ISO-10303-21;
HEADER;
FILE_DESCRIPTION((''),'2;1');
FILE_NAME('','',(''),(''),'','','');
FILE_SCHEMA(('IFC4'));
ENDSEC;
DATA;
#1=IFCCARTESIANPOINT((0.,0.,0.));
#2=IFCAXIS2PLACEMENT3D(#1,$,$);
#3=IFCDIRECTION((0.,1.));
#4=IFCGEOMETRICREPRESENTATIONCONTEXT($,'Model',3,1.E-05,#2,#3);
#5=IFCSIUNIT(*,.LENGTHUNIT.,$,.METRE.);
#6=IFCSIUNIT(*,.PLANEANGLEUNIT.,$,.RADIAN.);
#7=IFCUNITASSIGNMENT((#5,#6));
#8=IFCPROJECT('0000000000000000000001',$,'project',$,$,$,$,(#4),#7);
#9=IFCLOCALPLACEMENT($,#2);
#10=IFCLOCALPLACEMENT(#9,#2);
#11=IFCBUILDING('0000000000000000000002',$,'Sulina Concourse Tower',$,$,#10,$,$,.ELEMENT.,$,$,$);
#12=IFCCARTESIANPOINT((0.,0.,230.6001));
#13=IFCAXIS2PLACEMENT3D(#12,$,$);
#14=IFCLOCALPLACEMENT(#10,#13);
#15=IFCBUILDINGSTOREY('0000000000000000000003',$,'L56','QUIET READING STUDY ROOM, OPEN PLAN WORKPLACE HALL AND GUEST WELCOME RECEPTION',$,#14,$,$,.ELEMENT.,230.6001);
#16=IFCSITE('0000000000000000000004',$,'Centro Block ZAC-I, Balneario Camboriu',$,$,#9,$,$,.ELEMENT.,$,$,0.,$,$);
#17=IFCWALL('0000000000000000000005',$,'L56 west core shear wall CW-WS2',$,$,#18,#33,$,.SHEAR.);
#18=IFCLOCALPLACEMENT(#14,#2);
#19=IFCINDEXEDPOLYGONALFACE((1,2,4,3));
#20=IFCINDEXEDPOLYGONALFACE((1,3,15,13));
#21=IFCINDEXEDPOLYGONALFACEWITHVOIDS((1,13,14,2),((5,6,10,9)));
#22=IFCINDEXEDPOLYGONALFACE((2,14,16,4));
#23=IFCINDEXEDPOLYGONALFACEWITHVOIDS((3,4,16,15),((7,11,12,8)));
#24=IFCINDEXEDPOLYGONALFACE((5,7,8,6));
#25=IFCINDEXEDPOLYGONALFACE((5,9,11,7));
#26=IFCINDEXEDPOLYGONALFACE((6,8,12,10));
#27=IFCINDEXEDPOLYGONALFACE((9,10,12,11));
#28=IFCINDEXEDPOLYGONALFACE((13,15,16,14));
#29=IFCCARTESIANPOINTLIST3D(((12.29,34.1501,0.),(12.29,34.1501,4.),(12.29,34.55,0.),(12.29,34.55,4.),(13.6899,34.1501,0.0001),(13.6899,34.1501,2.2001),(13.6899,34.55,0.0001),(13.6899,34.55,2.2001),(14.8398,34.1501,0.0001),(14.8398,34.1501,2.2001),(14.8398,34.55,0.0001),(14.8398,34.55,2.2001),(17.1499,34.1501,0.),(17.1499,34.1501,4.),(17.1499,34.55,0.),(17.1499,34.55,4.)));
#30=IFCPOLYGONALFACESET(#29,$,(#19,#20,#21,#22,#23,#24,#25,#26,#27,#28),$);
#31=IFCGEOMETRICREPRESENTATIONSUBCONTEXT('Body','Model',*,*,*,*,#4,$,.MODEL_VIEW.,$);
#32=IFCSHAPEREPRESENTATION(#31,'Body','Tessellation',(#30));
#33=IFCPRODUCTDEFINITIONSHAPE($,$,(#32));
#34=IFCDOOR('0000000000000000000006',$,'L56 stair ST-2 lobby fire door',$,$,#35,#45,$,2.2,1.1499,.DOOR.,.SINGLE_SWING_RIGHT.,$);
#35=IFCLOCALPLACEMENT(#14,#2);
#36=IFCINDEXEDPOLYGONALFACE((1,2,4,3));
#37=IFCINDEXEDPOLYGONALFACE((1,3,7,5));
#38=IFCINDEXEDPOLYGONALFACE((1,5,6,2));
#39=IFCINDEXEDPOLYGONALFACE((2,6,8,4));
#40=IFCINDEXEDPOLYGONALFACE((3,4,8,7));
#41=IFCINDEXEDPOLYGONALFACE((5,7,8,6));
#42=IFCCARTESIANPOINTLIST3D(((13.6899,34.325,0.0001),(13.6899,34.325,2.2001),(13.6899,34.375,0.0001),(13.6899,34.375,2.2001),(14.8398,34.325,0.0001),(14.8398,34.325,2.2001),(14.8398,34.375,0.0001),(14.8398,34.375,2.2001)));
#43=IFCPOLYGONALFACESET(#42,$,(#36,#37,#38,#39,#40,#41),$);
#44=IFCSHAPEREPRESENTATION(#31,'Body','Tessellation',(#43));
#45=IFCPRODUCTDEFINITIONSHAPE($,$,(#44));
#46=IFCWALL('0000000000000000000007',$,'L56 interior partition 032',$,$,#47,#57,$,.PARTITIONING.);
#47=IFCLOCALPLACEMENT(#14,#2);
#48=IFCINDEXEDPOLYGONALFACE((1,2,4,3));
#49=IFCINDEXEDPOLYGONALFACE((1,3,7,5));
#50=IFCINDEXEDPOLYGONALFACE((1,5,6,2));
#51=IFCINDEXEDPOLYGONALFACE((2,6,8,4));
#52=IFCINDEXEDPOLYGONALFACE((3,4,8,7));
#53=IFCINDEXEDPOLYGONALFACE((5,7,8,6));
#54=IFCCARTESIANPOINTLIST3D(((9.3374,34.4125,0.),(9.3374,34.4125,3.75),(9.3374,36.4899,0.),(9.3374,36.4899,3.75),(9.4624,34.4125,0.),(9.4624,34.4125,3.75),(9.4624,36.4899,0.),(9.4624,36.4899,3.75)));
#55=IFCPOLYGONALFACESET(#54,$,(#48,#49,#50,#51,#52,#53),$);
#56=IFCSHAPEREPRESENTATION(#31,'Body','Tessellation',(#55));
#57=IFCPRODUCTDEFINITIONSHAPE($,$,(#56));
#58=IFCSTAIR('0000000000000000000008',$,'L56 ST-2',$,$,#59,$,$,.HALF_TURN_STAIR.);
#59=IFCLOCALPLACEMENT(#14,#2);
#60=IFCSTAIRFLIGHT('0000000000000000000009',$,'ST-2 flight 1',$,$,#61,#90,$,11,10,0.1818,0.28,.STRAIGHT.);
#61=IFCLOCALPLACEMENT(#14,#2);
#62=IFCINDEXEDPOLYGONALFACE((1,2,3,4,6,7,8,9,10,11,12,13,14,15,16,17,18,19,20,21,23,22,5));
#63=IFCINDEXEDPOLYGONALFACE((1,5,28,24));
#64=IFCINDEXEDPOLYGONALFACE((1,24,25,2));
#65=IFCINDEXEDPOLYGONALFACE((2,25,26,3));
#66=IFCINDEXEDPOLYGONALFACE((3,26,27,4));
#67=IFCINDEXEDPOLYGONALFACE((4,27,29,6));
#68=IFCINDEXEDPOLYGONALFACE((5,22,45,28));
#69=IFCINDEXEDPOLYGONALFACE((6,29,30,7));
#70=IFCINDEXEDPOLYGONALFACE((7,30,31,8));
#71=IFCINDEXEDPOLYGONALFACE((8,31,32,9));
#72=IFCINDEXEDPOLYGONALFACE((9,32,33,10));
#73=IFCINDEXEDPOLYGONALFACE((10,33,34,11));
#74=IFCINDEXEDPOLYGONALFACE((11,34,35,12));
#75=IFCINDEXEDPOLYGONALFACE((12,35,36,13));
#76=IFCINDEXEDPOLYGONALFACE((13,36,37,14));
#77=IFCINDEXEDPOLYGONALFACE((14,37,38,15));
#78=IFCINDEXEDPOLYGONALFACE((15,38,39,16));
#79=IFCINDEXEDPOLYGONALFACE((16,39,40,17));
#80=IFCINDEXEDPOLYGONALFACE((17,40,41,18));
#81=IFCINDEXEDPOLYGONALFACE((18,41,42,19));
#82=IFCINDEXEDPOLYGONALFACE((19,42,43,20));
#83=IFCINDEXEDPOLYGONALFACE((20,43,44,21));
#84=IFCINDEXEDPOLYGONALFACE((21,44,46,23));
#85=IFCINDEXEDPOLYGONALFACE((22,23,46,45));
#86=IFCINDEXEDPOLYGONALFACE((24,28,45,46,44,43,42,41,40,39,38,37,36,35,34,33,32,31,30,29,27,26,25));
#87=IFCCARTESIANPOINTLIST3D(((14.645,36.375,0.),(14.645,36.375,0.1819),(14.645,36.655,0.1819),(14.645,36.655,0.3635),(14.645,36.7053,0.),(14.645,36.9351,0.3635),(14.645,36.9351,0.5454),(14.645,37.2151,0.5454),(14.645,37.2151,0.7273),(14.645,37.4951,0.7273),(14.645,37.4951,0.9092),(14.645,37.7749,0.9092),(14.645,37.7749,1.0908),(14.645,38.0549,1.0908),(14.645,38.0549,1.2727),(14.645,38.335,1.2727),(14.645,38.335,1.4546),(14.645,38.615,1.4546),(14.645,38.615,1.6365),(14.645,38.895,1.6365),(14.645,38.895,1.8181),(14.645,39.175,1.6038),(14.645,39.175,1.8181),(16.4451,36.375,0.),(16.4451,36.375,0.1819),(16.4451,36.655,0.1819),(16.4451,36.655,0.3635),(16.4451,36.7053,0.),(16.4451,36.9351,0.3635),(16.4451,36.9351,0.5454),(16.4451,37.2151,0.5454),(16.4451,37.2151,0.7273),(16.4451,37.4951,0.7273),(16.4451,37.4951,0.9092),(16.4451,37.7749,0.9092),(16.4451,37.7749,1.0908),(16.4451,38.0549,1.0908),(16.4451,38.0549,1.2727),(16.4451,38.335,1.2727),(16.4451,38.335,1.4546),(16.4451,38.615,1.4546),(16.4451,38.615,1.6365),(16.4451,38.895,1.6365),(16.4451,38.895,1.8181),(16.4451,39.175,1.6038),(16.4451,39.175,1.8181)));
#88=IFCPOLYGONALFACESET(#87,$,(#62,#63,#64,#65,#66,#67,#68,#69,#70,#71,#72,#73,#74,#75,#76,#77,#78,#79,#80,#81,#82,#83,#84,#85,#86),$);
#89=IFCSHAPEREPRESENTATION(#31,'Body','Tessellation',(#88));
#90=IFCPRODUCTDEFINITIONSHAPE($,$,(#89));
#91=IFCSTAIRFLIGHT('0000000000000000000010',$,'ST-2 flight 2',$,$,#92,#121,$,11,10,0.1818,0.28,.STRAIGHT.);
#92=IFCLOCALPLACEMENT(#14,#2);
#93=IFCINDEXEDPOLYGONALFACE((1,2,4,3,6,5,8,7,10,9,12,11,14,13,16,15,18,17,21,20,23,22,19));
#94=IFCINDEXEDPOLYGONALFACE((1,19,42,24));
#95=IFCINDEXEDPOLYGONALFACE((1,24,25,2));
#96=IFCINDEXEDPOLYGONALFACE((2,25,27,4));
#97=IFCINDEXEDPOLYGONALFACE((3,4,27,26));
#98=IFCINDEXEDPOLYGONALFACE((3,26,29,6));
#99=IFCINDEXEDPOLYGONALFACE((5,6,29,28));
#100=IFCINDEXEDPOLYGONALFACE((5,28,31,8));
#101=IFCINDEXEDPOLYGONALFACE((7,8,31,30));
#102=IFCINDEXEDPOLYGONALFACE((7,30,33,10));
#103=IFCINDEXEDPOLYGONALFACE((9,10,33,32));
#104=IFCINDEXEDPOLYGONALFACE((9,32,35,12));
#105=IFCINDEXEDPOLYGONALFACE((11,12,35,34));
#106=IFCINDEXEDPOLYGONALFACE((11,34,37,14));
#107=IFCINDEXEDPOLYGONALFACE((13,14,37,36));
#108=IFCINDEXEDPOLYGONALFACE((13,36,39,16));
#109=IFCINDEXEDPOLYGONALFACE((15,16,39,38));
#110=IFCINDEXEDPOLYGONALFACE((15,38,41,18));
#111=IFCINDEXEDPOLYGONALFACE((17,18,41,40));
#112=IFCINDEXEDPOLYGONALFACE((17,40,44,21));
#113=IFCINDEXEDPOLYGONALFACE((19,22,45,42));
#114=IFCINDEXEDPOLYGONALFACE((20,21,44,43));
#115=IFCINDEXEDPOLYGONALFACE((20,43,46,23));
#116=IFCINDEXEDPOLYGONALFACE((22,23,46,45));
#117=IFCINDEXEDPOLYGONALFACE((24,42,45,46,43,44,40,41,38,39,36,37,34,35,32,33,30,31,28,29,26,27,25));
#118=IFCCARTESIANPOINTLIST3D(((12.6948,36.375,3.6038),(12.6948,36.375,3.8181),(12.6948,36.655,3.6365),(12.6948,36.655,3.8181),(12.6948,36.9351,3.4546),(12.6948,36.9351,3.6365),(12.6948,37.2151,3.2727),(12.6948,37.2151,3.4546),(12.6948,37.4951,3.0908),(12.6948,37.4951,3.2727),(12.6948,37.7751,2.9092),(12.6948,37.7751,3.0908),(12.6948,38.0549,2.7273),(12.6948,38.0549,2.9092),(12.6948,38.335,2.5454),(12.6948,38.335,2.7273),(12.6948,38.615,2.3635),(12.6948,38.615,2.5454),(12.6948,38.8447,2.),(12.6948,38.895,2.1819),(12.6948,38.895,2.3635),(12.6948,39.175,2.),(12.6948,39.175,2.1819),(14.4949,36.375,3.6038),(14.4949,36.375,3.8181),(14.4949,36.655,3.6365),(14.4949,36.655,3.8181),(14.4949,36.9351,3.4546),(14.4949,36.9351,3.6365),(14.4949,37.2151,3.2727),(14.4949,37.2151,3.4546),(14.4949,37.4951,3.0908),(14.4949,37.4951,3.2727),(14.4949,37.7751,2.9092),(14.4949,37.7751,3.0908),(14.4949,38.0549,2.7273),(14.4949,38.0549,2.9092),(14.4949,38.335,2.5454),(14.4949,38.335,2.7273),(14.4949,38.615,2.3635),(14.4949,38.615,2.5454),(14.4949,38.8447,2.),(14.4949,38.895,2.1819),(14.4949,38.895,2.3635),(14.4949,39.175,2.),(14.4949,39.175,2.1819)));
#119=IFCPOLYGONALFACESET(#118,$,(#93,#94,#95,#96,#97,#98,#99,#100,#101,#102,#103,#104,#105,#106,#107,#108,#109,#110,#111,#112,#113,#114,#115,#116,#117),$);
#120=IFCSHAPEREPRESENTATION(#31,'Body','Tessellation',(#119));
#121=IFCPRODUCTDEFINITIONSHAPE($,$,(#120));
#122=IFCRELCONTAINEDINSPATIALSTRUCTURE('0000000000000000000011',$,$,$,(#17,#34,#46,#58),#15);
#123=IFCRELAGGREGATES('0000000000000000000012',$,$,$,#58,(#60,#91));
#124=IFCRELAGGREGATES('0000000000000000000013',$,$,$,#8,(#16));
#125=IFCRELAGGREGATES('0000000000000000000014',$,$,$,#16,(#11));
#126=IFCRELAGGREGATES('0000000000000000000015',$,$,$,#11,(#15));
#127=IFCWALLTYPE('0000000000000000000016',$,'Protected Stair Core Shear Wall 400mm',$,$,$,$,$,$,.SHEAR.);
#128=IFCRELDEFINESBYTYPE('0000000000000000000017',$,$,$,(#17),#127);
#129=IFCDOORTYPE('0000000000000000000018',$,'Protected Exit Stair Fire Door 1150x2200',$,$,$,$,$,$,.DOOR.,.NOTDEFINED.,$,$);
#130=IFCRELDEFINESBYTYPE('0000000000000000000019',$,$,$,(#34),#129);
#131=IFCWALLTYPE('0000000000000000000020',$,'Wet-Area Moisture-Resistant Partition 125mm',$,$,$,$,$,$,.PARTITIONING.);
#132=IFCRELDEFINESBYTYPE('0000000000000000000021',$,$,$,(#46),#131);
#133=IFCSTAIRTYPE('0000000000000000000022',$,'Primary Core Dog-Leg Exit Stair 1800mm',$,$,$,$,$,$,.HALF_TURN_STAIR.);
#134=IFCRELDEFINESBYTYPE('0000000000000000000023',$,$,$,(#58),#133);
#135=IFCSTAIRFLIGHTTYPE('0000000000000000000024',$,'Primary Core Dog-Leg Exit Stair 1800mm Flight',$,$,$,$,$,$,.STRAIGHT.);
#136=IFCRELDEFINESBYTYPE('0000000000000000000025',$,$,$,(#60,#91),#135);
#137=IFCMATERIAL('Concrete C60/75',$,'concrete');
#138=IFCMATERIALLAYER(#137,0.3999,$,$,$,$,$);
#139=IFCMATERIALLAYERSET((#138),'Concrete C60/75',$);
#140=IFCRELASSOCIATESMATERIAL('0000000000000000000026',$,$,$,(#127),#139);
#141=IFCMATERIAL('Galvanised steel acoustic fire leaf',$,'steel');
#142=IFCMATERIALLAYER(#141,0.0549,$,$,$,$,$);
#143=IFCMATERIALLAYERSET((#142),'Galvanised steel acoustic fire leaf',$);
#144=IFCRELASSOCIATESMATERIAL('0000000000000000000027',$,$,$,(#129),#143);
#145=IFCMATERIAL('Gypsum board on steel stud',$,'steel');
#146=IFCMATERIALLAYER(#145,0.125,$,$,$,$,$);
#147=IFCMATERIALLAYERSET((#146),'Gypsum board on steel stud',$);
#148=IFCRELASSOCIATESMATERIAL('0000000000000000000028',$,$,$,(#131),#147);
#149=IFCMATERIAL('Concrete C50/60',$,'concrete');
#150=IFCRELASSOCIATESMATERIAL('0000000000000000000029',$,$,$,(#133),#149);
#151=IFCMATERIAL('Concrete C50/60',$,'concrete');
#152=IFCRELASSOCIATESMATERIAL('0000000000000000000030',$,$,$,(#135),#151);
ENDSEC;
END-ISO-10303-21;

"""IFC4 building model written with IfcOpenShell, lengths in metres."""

from ifc_helpers import new_model, si_unit, direction, frame, frame_2d, origin, place, context, subcontext, project, spatial, polyline, rectangle, outline, extrude, material, layer, layer_set, type_object, element, fill, aggregate, save


model = new_model("IFC4")

# Units and contexts
model_context = context("Model", 3, precision=1e-05, world=origin(), true_north=direction((0.0, 1.0)))
body_context = subcontext(model_context, "Body", "Model", "MODEL_VIEW")
ifc_project = project(units=[si_unit("LENGTHUNIT", "METRE"), si_unit("PLANEANGLEUNIT", "RADIAN")], contexts=[model_context])

# Site, building, storey
site_placement = place(None, origin())
site = spatial("IfcSite", under=ifc_project, at=site_placement, Name="Centro Block ZAC-I, Balneario Camboriu", CompositionType="ELEMENT", RefElevation=0.0)
building_placement = place(site_placement, origin())
building = spatial("IfcBuilding", under=site, at=building_placement, Name="Sulina Concourse Tower", CompositionType="ELEMENT")
storey_placement = place(building_placement, frame((0.0, 0.0, 230.6001)))
storey = spatial("IfcBuildingStorey", under=building, at=storey_placement, Name="L56", Description="QUIET READING STUDY ROOM, OPEN PLAN WORKPLACE HALL AND GUEST WELCOME RECEPTION", CompositionType="ELEMENT", Elevation=230.6001)

# Wall, opening, door
ifc_material_1 = material(Name="Concrete C60/75", Category="concrete")
ifc_layer_1 = layer(ifc_material_1, 0.3999)
ifc_layer_set_1 = layer_set([ifc_layer_1], Name="Concrete C60/75")
wall_type_1 = type_object("IfcWallType", Name="Protected Stair Core Shear Wall 400mm", PredefinedType="SHEAR", material=ifc_layer_set_1)
wall_1_placement = place(storey_placement, frame((12.29, 34.3501, 0.0), z_axis=(0.0, 0.0, 1.0), x_axis=(1.0, 0.0, 0.0)))
wall_1 = element("IfcWall", 1, at=wall_1_placement, inside=storey, type_object=wall_type_1, Name="L56 west core shear wall CW-WS2", PredefinedType="SHEAR", context=body_context, shape_type="SweptSolid", body=[
    extrude(rectangle(XDim=4.8599, YDim=0.3999, at=frame_2d((2.4299, 0.0))), origin(), (0.0, 0.0, 1.0), 4.0),
])
opening_1_placement = place(wall_1_placement, frame((1.3999, 0.0, 0.0)))
opening_1 = element("IfcOpeningElement", 2, at=opening_1_placement, cuts=wall_1, PredefinedType="OPENING", context=body_context, shape_type="SweptSolid", body=[
    extrude(rectangle(XDim=1.1499, YDim=2.2, at=frame_2d((0.575, 1.1001))), frame((0.0, 0.21, 0.0), z_axis=(0.0, -1.0, 0.0), x_axis=(1.0, 0.0, 0.0)), (0.0, 0.0, 1.0), 0.4199),
])
ifc_material_2 = material(Name="Galvanised steel acoustic fire leaf", Category="steel")
ifc_layer_2 = layer(ifc_material_2, 0.0549)
ifc_layer_set_2 = layer_set([ifc_layer_2], Name="Galvanised steel acoustic fire leaf")
door_type_1 = type_object("IfcDoorType", Name="Protected Exit Stair Fire Door 1150x2200", OperationType="NOTDEFINED", PredefinedType="DOOR", material=ifc_layer_set_2)
door_1_placement = place(opening_1_placement, origin())
door_1 = element("IfcDoor", 3, at=door_1_placement, inside=storey, type_object=door_type_1, Name="L56 stair ST-2 lobby fire door", OperationType="SINGLE_SWING_RIGHT", OverallHeight=2.2, OverallWidth=1.1499, PredefinedType="DOOR", context=body_context, shape_type="SweptSolid", body=[
    extrude(rectangle(XDim=1.1499, YDim=2.2, at=frame_2d((0.575, 1.1001))), frame((0.0, 0.0249, 0.0), z_axis=(0.0, -1.0, 0.0), x_axis=(1.0, 0.0, 0.0)), (0.0, 0.0, 1.0), 0.05),
])
fill(opening_1, door_1)

# Wall
ifc_material_3 = material(Name="Gypsum board on steel stud", Category="steel")
ifc_layer_3 = layer(ifc_material_3, 0.125)
ifc_layer_set_3 = layer_set([ifc_layer_3], Name="Gypsum board on steel stud")
wall_type_2 = type_object("IfcWallType", Name="Wet-Area Moisture-Resistant Partition 125mm", PredefinedType="PARTITIONING", material=ifc_layer_set_3)
wall_2_placement = place(storey_placement, frame((9.3999, 34.4126, 0.0), z_axis=(0.0, 0.0, 1.0), x_axis=(0.0, 1.0, 0.0)))
element("IfcWall", 4, at=wall_2_placement, inside=storey, type_object=wall_type_2, Name="L56 interior partition 032", PredefinedType="PARTITIONING", context=body_context, shape_type="SweptSolid", body=[
    extrude(rectangle(XDim=2.0774, YDim=0.125, at=frame_2d((1.0386, 0.0))), origin(), (0.0, 0.0, 1.0), 3.75),
])

# Stair, stair flights
ifc_material_4 = material(Name="Concrete C50/60", Category="concrete")
stair_type = type_object("IfcStairType", Name="Primary Core Dog-Leg Exit Stair 1800mm", PredefinedType="HALF_TURN_STAIR", material=ifc_material_4)
stair_placement = place(storey_placement, origin())
stair = element("IfcStair", 5, at=stair_placement, inside=storey, type_object=stair_type, Name="L56 ST-2", PredefinedType="HALF_TURN_STAIR")
ifc_material_5 = material(Name="Concrete C50/60", Category="concrete")
stair_flight_type = type_object("IfcStairFlightType", Name="Primary Core Dog-Leg Exit Stair 1800mm Flight", PredefinedType="STRAIGHT", material=ifc_material_5)
stair_flight_1_placement = place(storey_placement, frame((15.5449, 36.375, 0.0), z_axis=(0.0, 0.0, 1.0), x_axis=(0.0, 1.0, 0.0)))
stair_flight_1 = element("IfcStairFlight", 6, at=stair_flight_1_placement, type_object=stair_flight_type, Name="ST-2 flight 1", NumberOfRisers=11, NumberOfTreads=10, PredefinedType="STRAIGHT", RiserHeight=0.1818, TreadLength=0.28, context=body_context, shape_type="SweptSolid", body=[
    extrude(outline(polyline([(0.0, 0.0), (0.0, 0.1819), (0.28, 0.1819), (0.28, 0.3635), (0.5601, 0.3635), (0.5601, 0.5454), (0.8401, 0.5454), (0.8401, 0.7273), (1.1201, 0.7273), (1.1201, 0.9092), (1.3999, 0.9092), (1.3999, 1.0908), (1.6799, 1.0908), (1.6799, 1.2727), (1.96, 1.2727), (1.96, 1.4546), (2.24, 1.4546), (2.24, 1.6365), (2.52, 1.6365), (2.52, 1.8181), (2.8, 1.8181), (2.8, 2.0), (2.8, 1.6038), (0.3303, 0.0), (0.0, 0.0)])), frame((0.0, 0.8999, 0.0), z_axis=(0.0, -1.0, 0.0), x_axis=(1.0, 0.0, 0.0)), (0.0, 0.0, 1.0), 1.8),
])
stair_flight_2_placement = place(storey_placement, frame((13.595, 39.175, 2.0), z_axis=(0.0, 0.0, 1.0), x_axis=(0.0, -1.0, 0.0)))
stair_flight_2 = element("IfcStairFlight", 7, at=stair_flight_2_placement, type_object=stair_flight_type, Name="ST-2 flight 2", NumberOfRisers=11, NumberOfTreads=10, PredefinedType="STRAIGHT", RiserHeight=0.1818, TreadLength=0.28, context=body_context, shape_type="SweptSolid", body=[
    extrude(outline(polyline([(0.0, 0.0), (0.0, 0.1819), (0.28, 0.1819), (0.28, 0.3635), (0.5601, 0.3635), (0.5601, 0.5454), (0.8401, 0.5454), (0.8401, 0.7273), (1.1201, 0.7273), (1.1201, 0.9092), (1.3999, 0.9092), (1.3999, 1.0908), (1.6799, 1.0908), (1.6799, 1.2727), (1.96, 1.2727), (1.96, 1.4546), (2.24, 1.4546), (2.24, 1.6365), (2.52, 1.6365), (2.52, 1.8181), (2.8, 1.8181), (2.8, 2.0), (2.8, 1.6038), (0.3303, 0.0), (0.0, 0.0)])), frame((0.0, 0.8999, 0.0), z_axis=(0.0, -1.0, 0.0), x_axis=(1.0, 0.0, 0.0)), (0.0, 0.0, 1.0), 1.8),
])
aggregate(stair, [stair_flight_1, stair_flight_2])

save(model, "model.ifc")
